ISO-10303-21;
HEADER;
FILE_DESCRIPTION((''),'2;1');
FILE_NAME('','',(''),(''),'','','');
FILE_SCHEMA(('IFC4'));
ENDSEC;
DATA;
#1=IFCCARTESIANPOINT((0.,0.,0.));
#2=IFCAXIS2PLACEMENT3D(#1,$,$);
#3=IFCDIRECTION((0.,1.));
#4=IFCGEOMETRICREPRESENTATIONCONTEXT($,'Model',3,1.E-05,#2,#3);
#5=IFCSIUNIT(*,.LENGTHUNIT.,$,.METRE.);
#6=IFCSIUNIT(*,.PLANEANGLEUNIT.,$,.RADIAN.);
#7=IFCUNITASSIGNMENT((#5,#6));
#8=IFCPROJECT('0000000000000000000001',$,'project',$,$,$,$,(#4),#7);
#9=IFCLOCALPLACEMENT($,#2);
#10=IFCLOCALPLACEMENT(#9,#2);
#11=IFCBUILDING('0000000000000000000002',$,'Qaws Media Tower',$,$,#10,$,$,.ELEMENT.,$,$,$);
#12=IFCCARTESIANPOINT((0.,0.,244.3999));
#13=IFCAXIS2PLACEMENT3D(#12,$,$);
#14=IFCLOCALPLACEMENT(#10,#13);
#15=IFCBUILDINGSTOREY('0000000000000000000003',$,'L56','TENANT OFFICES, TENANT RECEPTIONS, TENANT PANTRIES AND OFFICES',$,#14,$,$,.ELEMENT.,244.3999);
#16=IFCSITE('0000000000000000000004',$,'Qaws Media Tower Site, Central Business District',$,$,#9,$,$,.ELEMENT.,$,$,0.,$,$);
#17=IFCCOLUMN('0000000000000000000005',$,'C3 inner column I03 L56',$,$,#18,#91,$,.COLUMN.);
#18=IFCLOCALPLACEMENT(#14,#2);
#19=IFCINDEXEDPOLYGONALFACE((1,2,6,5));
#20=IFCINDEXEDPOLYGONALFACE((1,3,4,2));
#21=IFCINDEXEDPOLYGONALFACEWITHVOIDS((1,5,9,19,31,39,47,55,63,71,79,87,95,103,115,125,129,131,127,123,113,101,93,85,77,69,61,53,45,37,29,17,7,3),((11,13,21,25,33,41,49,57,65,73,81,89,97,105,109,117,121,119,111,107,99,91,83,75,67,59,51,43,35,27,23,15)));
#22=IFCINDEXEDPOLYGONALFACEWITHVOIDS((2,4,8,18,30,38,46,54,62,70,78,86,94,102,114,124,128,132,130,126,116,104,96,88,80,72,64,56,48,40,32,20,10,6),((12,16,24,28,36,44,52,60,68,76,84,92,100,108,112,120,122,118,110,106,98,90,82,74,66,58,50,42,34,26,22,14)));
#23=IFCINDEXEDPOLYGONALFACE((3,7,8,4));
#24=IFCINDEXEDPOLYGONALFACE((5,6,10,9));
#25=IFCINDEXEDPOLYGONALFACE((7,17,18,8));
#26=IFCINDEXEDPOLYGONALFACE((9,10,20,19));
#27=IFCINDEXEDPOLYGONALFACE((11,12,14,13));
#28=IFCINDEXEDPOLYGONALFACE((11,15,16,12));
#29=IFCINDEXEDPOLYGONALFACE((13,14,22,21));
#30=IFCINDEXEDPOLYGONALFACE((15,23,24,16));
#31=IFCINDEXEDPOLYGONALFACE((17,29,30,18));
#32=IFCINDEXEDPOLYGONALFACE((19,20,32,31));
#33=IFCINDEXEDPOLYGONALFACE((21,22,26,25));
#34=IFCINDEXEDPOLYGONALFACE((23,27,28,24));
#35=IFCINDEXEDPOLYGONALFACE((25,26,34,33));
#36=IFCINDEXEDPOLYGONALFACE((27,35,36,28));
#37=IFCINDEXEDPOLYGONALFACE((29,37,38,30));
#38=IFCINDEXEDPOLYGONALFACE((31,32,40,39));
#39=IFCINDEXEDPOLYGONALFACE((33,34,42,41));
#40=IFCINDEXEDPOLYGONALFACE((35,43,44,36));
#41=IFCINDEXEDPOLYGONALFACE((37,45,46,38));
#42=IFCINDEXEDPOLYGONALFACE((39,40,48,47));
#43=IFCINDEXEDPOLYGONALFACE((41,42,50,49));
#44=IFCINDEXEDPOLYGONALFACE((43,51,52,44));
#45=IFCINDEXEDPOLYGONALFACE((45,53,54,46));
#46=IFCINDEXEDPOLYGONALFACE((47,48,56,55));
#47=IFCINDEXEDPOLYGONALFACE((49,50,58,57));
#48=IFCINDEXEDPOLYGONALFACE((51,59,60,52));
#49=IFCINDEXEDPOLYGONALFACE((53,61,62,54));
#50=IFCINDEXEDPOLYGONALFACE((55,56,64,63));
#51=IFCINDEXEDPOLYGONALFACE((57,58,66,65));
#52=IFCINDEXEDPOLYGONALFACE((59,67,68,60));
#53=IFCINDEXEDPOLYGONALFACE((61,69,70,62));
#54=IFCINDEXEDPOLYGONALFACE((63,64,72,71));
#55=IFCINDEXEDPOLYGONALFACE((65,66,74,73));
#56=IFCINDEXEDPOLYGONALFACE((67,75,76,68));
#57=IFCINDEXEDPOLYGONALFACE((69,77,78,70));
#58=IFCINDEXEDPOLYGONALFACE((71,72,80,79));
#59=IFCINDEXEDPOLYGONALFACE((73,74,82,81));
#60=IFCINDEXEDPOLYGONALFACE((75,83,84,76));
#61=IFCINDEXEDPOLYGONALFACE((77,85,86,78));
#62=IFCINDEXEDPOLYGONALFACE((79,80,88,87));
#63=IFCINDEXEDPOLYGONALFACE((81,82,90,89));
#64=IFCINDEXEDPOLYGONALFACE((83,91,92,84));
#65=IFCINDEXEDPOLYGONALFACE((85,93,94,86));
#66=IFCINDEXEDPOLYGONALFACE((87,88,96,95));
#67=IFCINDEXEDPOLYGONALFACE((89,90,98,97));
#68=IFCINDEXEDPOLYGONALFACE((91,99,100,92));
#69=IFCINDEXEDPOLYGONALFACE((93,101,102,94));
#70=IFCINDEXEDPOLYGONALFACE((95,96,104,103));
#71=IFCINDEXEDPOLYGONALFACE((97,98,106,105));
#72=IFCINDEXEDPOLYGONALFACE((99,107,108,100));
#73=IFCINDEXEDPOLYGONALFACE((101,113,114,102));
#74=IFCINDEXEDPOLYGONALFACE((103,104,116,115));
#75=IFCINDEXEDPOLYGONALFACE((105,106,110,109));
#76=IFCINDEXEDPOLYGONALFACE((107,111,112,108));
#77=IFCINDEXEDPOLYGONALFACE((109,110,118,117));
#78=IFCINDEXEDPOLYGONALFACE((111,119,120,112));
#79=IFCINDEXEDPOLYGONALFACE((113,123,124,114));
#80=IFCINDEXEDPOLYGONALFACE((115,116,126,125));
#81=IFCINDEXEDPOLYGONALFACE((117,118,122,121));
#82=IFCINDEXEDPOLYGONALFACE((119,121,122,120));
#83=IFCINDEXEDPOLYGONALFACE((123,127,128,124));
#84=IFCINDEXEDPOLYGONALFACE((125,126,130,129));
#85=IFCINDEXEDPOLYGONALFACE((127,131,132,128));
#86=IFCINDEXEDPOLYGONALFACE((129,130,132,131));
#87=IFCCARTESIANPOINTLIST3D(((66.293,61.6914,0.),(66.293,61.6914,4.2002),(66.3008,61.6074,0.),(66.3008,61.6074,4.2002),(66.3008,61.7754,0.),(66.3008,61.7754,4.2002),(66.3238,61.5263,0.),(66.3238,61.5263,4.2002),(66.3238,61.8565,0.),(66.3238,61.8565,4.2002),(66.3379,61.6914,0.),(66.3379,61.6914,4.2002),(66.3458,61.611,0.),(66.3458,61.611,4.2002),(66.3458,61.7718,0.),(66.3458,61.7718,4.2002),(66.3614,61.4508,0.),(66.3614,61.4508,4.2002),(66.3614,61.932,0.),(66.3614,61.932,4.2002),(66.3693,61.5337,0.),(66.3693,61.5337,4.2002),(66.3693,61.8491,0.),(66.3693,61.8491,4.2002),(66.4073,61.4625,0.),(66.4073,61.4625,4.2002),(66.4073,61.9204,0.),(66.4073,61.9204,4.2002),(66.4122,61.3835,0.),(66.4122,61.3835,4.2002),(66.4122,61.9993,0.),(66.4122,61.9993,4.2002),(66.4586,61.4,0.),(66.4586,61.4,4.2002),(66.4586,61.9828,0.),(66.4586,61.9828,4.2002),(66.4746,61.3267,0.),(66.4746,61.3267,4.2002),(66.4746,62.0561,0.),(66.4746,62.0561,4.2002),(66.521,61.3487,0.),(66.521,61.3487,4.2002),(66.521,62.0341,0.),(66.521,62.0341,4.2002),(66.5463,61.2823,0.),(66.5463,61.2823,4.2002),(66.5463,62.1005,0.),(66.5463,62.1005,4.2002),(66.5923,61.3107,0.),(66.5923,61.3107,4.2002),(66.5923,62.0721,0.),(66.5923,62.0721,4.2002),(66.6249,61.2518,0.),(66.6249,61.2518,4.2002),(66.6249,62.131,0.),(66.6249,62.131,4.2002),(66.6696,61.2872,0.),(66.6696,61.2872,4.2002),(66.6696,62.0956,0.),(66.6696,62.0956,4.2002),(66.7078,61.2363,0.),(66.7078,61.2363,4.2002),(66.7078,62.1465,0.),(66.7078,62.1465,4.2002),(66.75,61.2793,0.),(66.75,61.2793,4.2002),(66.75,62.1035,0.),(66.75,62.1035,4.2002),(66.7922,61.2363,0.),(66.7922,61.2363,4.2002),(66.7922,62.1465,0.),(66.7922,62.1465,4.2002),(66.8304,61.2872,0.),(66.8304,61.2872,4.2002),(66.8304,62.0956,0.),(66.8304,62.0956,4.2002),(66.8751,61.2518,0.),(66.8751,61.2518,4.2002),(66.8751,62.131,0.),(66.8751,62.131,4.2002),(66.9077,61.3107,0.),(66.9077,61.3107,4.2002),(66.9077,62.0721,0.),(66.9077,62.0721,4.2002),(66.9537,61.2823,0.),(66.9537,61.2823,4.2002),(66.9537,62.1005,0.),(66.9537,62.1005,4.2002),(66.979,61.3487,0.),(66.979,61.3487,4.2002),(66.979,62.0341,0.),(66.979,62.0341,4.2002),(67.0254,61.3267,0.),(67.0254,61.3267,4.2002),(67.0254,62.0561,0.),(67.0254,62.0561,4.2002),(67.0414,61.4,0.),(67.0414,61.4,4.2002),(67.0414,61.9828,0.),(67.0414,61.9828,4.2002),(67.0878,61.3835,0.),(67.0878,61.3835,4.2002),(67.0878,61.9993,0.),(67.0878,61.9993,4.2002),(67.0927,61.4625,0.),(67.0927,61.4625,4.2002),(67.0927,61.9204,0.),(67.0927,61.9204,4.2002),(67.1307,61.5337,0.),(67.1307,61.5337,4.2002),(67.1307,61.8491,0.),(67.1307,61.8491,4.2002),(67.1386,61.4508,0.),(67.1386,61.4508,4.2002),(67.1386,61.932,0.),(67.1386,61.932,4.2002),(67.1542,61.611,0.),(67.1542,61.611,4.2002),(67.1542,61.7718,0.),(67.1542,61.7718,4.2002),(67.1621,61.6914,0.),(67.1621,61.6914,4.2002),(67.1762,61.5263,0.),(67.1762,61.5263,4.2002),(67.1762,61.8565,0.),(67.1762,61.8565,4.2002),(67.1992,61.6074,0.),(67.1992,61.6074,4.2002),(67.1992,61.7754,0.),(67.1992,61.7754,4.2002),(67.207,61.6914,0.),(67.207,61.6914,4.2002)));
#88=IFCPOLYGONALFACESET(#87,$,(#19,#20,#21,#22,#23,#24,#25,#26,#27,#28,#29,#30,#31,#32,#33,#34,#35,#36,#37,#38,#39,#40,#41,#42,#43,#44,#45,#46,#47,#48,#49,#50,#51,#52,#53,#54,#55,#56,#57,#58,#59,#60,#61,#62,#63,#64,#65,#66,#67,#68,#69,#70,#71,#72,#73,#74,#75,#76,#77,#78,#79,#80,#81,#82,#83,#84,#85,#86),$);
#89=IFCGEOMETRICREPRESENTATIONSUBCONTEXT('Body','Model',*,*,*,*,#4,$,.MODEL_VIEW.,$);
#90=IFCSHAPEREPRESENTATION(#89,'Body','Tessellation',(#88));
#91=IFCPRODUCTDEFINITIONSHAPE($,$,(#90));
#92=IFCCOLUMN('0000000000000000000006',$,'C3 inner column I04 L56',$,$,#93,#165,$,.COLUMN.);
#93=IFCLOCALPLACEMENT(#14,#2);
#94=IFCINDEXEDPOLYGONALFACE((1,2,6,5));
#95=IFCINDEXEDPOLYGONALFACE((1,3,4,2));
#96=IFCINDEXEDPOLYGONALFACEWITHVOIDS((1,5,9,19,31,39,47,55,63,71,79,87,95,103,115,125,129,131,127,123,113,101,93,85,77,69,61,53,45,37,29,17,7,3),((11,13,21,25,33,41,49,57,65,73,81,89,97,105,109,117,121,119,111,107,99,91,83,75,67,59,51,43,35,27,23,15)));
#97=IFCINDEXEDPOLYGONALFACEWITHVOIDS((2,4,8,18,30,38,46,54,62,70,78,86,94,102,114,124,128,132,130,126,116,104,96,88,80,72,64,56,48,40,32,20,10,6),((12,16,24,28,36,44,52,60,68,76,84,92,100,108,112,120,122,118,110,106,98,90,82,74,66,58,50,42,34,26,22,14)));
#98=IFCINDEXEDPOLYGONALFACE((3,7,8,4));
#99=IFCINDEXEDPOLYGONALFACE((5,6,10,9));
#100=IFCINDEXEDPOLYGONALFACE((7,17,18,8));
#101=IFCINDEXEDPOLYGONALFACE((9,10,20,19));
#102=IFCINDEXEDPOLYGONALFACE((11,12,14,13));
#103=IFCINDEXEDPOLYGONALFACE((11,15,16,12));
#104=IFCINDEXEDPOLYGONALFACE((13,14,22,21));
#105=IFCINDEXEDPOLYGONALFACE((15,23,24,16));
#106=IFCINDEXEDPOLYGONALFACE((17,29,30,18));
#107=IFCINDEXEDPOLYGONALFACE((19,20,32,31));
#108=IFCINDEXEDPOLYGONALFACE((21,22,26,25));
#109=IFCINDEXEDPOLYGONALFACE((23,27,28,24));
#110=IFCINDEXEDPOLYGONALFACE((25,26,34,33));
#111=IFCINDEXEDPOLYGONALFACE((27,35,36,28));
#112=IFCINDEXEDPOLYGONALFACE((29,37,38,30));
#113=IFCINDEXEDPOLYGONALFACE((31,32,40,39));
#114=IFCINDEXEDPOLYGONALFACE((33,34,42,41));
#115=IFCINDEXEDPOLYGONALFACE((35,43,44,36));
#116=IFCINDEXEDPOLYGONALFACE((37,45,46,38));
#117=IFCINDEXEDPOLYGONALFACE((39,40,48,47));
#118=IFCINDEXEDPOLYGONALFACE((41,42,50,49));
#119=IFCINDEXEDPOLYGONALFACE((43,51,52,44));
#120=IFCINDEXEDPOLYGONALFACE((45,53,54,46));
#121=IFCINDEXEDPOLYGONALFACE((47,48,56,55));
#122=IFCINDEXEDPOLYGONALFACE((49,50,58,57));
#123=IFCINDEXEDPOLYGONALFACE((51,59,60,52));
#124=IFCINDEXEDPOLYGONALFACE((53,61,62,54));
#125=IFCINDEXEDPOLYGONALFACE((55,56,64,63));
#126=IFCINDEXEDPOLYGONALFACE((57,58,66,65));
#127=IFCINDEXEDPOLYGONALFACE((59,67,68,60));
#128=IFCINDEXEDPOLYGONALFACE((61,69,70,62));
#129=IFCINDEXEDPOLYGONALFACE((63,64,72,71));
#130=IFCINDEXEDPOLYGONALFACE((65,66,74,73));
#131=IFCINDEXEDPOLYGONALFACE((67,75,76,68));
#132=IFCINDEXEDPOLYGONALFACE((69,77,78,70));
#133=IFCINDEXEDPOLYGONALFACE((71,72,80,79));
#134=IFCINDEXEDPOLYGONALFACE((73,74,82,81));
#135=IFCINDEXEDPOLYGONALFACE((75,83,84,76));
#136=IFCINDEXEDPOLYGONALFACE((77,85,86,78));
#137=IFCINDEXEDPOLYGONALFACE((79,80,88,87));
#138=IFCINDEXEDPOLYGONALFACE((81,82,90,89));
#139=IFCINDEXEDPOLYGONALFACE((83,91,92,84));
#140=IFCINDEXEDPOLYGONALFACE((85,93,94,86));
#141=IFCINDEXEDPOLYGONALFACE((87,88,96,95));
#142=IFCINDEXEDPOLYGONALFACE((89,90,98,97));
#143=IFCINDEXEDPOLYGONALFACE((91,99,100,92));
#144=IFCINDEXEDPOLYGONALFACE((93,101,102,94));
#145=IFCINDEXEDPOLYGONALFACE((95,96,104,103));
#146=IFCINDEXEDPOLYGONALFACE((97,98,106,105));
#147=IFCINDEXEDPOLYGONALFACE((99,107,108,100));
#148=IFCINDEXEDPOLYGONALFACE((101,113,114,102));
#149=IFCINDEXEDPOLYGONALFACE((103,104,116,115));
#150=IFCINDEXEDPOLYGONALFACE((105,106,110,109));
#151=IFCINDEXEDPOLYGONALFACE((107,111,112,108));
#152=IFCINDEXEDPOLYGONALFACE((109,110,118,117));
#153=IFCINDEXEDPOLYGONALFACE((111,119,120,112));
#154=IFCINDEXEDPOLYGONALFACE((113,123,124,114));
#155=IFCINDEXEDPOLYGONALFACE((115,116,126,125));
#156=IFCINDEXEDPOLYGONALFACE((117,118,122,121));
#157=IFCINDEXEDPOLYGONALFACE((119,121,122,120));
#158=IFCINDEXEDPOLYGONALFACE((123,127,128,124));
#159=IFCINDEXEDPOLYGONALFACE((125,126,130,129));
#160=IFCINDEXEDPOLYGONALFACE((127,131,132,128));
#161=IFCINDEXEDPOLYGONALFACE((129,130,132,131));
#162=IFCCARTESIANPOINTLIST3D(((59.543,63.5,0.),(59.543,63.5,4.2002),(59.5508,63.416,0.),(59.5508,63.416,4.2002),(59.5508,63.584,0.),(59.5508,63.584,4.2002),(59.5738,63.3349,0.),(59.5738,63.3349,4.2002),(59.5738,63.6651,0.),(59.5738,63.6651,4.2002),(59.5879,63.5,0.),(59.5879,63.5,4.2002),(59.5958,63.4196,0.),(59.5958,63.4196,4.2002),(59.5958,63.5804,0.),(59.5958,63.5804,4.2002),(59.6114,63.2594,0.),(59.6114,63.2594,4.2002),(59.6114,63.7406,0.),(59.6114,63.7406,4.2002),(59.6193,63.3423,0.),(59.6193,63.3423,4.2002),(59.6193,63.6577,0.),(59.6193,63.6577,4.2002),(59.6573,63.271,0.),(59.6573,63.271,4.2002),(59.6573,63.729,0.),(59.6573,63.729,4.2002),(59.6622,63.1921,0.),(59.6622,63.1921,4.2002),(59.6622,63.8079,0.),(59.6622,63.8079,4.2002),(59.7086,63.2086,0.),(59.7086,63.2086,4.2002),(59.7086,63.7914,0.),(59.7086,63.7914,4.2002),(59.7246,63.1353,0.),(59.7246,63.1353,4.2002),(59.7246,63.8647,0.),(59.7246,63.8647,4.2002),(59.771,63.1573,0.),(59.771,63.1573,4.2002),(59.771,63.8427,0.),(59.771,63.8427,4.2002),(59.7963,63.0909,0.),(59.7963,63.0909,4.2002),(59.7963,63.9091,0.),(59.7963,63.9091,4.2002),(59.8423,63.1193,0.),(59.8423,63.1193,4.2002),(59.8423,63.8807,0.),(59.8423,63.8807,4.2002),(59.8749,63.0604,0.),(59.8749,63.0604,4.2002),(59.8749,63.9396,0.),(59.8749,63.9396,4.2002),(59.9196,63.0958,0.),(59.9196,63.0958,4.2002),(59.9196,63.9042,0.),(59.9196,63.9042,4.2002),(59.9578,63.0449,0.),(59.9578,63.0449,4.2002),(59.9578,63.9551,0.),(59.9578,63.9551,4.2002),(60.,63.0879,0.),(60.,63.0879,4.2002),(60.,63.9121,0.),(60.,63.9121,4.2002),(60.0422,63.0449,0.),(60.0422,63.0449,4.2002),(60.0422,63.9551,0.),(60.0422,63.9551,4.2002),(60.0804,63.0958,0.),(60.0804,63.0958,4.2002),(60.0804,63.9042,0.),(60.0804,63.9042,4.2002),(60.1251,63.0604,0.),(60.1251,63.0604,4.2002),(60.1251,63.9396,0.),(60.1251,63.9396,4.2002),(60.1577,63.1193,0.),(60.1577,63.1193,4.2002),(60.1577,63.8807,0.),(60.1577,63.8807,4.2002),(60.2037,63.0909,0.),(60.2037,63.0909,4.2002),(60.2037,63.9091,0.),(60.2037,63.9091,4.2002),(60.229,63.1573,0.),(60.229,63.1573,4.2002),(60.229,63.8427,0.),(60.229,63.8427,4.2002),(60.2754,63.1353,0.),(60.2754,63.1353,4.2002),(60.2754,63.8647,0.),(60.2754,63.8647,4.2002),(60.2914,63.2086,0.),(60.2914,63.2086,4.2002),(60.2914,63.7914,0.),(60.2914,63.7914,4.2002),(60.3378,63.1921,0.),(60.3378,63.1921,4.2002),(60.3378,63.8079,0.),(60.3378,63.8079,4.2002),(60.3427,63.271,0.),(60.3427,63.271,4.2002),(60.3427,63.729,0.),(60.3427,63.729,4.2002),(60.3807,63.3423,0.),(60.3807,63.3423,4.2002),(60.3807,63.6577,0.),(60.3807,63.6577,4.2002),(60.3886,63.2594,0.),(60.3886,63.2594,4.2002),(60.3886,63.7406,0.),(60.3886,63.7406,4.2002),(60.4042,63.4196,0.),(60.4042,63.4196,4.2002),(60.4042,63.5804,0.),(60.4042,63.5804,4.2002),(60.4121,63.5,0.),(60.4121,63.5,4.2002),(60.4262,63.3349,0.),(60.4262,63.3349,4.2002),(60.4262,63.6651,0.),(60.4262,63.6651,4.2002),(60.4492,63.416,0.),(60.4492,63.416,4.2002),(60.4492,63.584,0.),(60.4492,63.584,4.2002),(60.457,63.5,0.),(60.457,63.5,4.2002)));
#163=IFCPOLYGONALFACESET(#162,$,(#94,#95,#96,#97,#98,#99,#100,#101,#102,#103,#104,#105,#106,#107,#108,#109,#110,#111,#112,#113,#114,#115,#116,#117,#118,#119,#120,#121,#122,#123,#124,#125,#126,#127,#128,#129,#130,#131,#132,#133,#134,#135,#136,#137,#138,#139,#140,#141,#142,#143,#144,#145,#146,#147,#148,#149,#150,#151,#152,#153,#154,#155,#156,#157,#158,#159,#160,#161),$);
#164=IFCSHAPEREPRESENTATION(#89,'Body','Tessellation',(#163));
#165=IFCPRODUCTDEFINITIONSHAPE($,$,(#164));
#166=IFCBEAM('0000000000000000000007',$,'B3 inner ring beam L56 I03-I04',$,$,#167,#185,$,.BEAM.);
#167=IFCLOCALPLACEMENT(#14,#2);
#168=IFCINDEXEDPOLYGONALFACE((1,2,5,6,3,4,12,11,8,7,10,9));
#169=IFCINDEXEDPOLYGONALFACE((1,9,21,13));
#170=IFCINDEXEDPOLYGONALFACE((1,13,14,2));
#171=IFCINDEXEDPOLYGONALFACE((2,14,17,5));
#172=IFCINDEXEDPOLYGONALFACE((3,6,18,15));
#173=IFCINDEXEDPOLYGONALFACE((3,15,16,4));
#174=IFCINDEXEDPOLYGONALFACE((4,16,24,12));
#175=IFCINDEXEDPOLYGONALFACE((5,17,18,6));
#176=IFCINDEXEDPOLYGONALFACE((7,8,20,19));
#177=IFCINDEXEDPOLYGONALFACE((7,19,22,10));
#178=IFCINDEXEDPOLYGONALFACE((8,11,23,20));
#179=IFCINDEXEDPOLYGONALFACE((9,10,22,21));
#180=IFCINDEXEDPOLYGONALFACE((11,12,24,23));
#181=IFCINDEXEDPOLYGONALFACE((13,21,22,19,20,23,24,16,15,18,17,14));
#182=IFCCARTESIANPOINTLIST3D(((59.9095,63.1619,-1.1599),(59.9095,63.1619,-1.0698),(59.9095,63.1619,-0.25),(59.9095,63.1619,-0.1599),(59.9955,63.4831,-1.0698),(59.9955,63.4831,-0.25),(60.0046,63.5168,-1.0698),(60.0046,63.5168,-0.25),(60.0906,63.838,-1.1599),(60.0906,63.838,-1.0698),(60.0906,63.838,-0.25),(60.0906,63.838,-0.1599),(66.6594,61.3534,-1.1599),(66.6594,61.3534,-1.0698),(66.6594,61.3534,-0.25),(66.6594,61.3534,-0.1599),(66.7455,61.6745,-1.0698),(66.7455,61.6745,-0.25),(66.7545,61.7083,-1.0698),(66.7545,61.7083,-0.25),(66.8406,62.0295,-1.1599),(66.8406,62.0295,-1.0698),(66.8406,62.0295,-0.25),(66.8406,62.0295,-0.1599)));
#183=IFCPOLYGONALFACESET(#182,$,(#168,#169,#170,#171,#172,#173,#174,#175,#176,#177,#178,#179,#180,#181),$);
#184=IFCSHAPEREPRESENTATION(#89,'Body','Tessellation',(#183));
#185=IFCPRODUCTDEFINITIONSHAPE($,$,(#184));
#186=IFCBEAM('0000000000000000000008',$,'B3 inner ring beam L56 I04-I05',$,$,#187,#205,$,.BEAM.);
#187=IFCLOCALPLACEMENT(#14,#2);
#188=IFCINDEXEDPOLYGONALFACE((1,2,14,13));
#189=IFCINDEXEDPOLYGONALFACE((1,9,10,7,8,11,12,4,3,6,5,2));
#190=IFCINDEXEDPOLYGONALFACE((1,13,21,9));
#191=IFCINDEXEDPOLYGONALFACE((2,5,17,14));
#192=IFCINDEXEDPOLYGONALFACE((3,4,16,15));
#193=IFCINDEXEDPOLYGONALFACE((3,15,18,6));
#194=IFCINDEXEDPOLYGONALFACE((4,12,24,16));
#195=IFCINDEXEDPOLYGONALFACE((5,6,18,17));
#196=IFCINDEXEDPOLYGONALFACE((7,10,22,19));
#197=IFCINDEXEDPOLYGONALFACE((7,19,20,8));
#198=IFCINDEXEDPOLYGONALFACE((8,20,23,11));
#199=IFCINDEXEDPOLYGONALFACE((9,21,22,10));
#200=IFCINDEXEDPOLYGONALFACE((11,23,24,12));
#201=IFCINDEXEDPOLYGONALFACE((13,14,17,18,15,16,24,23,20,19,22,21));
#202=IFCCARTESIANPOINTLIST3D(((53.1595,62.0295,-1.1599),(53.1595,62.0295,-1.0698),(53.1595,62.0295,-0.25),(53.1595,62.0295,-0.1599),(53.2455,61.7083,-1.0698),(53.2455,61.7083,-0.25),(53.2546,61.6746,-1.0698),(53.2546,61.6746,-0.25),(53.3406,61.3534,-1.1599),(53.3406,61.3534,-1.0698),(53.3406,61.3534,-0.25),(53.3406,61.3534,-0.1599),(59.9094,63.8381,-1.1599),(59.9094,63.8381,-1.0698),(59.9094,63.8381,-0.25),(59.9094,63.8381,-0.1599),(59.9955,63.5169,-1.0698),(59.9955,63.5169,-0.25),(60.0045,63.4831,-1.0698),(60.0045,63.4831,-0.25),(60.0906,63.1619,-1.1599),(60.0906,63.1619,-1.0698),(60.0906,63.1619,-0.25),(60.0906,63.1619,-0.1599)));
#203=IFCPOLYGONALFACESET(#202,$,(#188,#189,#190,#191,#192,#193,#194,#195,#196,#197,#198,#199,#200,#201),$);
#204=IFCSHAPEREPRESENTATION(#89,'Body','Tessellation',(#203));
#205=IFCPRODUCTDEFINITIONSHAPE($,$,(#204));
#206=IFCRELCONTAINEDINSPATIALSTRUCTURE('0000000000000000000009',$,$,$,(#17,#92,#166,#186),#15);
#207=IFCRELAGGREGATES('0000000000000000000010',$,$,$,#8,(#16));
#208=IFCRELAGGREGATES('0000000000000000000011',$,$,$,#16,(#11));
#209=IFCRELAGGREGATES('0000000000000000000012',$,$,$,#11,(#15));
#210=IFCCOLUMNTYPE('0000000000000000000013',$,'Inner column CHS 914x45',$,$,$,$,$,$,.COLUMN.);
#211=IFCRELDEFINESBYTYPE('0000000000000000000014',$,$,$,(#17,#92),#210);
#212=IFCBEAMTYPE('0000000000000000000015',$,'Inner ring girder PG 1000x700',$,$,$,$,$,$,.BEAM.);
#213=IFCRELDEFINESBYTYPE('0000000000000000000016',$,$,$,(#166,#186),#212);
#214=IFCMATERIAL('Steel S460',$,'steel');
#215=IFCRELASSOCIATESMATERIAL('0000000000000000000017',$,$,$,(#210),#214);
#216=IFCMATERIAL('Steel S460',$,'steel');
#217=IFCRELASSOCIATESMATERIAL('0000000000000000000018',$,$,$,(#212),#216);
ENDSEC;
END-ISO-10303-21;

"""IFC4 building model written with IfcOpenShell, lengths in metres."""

from ifc_helpers import new_model, si_unit, direction, frame, origin, origin_2d, place, context, subcontext, project, spatial, hollow_circle, i_section, extrude, material, material_profile, profile_set, type_object, element, save


model = new_model("IFC4")

# Units and contexts
model_context = context("Model", 3, precision=1e-05, world=origin(), true_north=direction((0.0, 1.0)))
body_context = subcontext(model_context, "Body", "Model", "MODEL_VIEW")
ifc_project = project(units=[si_unit("LENGTHUNIT", "METRE"), si_unit("PLANEANGLEUNIT", "RADIAN")], contexts=[model_context])

# Site, building, storey
site_placement = place(None, origin())
site = spatial("IfcSite", under=ifc_project, at=site_placement, Name="Qaws Media Tower Site, Central Business District", CompositionType="ELEMENT", RefElevation=0.0)
building_placement = place(site_placement, origin())
building = spatial("IfcBuilding", under=site, at=building_placement, Name="Qaws Media Tower", CompositionType="ELEMENT")
storey_placement = place(building_placement, frame((0.0, 0.0, 244.3999)))
storey = spatial("IfcBuildingStorey", under=building, at=storey_placement, Name="L56", Description="TENANT OFFICES, TENANT RECEPTIONS, TENANT PANTRIES AND OFFICES", CompositionType="ELEMENT", Elevation=244.3999)

# Columns
ifc_material_1 = material(Name="Steel S460", Category="steel")
ifc_material_profile_1 = material_profile(ifc_material_1, hollow_circle(Radius=0.457, WallThickness=0.0449, at=origin_2d()), Name="CHS 914x45")
ifc_profile_set_1 = profile_set([ifc_material_profile_1], Name="Steel S460")
column_type = type_object("IfcColumnType", Name="Inner column CHS 914x45", PredefinedType="COLUMN", material=ifc_profile_set_1)
for number, where, z_axis, x_axis, name in (
    (1, (66.75, 61.6914, 0.0), (0.0, 0.0, 1.0), (1.0, 0.0, 0.0), "C3 inner column I03 L56"),
    (2, (60.0, 63.5, 0.0), (0.0, 0.0, 1.0), (1.0, 0.0, 0.0), "C3 inner column I04 L56"),
):
    element("IfcColumn", number, at=place(storey_placement, frame(where, z_axis=z_axis, x_axis=x_axis)), inside=storey, type_object=column_type, Name=name, PredefinedType="COLUMN", context=body_context, shape_type="SweptSolid", body=[
        extrude(hollow_circle(Radius=0.457, WallThickness=0.0449, at=origin_2d()), origin(), (0.0, 0.0, 1.0), 4.2002),
    ])

# Beams
ifc_material_2 = material(Name="Steel S460", Category="steel")
ifc_material_profile_2 = material_profile(ifc_material_2, i_section(OverallWidth=0.7, OverallDepth=1.0, WebThickness=0.0349, FlangeThickness=0.0901, at=origin_2d()), Name="PG 1000x700")
ifc_profile_set_2 = profile_set([ifc_material_profile_2], Name="Steel S460")
beam_type_1 = type_object("IfcBeamType", Name="Inner ring girder PG 1000x700", PredefinedType="BEAM", material=ifc_profile_set_2)
for number, where, z_axis, x_axis, name in (
    (3, (66.75, 61.6914, -0.6599), (-0.965928, 0.258811, 0.0), (-0.258811, -0.965928, 0.0), "B3 inner ring beam L56 I03-I04"),
    (4, (60.0, 63.5, -0.6599), (-0.965928, -0.258811, 0.0), (0.258811, -0.965928, 0.0), "B3 inner ring beam L56 I04-I05"),
):
    element("IfcBeam", number, at=place(storey_placement, frame(where, z_axis=z_axis, x_axis=x_axis)), inside=storey, type_object=beam_type_1, Name=name, PredefinedType="BEAM", context=body_context, shape_type="SweptSolid", body=[
        extrude(i_section(OverallWidth=0.7, OverallDepth=1.0, WebThickness=0.0349, FlangeThickness=0.0901, at=origin_2d()), origin(), (0.0, 0.0, 1.0), 6.988),
    ])

save(model, "model.ifc")
